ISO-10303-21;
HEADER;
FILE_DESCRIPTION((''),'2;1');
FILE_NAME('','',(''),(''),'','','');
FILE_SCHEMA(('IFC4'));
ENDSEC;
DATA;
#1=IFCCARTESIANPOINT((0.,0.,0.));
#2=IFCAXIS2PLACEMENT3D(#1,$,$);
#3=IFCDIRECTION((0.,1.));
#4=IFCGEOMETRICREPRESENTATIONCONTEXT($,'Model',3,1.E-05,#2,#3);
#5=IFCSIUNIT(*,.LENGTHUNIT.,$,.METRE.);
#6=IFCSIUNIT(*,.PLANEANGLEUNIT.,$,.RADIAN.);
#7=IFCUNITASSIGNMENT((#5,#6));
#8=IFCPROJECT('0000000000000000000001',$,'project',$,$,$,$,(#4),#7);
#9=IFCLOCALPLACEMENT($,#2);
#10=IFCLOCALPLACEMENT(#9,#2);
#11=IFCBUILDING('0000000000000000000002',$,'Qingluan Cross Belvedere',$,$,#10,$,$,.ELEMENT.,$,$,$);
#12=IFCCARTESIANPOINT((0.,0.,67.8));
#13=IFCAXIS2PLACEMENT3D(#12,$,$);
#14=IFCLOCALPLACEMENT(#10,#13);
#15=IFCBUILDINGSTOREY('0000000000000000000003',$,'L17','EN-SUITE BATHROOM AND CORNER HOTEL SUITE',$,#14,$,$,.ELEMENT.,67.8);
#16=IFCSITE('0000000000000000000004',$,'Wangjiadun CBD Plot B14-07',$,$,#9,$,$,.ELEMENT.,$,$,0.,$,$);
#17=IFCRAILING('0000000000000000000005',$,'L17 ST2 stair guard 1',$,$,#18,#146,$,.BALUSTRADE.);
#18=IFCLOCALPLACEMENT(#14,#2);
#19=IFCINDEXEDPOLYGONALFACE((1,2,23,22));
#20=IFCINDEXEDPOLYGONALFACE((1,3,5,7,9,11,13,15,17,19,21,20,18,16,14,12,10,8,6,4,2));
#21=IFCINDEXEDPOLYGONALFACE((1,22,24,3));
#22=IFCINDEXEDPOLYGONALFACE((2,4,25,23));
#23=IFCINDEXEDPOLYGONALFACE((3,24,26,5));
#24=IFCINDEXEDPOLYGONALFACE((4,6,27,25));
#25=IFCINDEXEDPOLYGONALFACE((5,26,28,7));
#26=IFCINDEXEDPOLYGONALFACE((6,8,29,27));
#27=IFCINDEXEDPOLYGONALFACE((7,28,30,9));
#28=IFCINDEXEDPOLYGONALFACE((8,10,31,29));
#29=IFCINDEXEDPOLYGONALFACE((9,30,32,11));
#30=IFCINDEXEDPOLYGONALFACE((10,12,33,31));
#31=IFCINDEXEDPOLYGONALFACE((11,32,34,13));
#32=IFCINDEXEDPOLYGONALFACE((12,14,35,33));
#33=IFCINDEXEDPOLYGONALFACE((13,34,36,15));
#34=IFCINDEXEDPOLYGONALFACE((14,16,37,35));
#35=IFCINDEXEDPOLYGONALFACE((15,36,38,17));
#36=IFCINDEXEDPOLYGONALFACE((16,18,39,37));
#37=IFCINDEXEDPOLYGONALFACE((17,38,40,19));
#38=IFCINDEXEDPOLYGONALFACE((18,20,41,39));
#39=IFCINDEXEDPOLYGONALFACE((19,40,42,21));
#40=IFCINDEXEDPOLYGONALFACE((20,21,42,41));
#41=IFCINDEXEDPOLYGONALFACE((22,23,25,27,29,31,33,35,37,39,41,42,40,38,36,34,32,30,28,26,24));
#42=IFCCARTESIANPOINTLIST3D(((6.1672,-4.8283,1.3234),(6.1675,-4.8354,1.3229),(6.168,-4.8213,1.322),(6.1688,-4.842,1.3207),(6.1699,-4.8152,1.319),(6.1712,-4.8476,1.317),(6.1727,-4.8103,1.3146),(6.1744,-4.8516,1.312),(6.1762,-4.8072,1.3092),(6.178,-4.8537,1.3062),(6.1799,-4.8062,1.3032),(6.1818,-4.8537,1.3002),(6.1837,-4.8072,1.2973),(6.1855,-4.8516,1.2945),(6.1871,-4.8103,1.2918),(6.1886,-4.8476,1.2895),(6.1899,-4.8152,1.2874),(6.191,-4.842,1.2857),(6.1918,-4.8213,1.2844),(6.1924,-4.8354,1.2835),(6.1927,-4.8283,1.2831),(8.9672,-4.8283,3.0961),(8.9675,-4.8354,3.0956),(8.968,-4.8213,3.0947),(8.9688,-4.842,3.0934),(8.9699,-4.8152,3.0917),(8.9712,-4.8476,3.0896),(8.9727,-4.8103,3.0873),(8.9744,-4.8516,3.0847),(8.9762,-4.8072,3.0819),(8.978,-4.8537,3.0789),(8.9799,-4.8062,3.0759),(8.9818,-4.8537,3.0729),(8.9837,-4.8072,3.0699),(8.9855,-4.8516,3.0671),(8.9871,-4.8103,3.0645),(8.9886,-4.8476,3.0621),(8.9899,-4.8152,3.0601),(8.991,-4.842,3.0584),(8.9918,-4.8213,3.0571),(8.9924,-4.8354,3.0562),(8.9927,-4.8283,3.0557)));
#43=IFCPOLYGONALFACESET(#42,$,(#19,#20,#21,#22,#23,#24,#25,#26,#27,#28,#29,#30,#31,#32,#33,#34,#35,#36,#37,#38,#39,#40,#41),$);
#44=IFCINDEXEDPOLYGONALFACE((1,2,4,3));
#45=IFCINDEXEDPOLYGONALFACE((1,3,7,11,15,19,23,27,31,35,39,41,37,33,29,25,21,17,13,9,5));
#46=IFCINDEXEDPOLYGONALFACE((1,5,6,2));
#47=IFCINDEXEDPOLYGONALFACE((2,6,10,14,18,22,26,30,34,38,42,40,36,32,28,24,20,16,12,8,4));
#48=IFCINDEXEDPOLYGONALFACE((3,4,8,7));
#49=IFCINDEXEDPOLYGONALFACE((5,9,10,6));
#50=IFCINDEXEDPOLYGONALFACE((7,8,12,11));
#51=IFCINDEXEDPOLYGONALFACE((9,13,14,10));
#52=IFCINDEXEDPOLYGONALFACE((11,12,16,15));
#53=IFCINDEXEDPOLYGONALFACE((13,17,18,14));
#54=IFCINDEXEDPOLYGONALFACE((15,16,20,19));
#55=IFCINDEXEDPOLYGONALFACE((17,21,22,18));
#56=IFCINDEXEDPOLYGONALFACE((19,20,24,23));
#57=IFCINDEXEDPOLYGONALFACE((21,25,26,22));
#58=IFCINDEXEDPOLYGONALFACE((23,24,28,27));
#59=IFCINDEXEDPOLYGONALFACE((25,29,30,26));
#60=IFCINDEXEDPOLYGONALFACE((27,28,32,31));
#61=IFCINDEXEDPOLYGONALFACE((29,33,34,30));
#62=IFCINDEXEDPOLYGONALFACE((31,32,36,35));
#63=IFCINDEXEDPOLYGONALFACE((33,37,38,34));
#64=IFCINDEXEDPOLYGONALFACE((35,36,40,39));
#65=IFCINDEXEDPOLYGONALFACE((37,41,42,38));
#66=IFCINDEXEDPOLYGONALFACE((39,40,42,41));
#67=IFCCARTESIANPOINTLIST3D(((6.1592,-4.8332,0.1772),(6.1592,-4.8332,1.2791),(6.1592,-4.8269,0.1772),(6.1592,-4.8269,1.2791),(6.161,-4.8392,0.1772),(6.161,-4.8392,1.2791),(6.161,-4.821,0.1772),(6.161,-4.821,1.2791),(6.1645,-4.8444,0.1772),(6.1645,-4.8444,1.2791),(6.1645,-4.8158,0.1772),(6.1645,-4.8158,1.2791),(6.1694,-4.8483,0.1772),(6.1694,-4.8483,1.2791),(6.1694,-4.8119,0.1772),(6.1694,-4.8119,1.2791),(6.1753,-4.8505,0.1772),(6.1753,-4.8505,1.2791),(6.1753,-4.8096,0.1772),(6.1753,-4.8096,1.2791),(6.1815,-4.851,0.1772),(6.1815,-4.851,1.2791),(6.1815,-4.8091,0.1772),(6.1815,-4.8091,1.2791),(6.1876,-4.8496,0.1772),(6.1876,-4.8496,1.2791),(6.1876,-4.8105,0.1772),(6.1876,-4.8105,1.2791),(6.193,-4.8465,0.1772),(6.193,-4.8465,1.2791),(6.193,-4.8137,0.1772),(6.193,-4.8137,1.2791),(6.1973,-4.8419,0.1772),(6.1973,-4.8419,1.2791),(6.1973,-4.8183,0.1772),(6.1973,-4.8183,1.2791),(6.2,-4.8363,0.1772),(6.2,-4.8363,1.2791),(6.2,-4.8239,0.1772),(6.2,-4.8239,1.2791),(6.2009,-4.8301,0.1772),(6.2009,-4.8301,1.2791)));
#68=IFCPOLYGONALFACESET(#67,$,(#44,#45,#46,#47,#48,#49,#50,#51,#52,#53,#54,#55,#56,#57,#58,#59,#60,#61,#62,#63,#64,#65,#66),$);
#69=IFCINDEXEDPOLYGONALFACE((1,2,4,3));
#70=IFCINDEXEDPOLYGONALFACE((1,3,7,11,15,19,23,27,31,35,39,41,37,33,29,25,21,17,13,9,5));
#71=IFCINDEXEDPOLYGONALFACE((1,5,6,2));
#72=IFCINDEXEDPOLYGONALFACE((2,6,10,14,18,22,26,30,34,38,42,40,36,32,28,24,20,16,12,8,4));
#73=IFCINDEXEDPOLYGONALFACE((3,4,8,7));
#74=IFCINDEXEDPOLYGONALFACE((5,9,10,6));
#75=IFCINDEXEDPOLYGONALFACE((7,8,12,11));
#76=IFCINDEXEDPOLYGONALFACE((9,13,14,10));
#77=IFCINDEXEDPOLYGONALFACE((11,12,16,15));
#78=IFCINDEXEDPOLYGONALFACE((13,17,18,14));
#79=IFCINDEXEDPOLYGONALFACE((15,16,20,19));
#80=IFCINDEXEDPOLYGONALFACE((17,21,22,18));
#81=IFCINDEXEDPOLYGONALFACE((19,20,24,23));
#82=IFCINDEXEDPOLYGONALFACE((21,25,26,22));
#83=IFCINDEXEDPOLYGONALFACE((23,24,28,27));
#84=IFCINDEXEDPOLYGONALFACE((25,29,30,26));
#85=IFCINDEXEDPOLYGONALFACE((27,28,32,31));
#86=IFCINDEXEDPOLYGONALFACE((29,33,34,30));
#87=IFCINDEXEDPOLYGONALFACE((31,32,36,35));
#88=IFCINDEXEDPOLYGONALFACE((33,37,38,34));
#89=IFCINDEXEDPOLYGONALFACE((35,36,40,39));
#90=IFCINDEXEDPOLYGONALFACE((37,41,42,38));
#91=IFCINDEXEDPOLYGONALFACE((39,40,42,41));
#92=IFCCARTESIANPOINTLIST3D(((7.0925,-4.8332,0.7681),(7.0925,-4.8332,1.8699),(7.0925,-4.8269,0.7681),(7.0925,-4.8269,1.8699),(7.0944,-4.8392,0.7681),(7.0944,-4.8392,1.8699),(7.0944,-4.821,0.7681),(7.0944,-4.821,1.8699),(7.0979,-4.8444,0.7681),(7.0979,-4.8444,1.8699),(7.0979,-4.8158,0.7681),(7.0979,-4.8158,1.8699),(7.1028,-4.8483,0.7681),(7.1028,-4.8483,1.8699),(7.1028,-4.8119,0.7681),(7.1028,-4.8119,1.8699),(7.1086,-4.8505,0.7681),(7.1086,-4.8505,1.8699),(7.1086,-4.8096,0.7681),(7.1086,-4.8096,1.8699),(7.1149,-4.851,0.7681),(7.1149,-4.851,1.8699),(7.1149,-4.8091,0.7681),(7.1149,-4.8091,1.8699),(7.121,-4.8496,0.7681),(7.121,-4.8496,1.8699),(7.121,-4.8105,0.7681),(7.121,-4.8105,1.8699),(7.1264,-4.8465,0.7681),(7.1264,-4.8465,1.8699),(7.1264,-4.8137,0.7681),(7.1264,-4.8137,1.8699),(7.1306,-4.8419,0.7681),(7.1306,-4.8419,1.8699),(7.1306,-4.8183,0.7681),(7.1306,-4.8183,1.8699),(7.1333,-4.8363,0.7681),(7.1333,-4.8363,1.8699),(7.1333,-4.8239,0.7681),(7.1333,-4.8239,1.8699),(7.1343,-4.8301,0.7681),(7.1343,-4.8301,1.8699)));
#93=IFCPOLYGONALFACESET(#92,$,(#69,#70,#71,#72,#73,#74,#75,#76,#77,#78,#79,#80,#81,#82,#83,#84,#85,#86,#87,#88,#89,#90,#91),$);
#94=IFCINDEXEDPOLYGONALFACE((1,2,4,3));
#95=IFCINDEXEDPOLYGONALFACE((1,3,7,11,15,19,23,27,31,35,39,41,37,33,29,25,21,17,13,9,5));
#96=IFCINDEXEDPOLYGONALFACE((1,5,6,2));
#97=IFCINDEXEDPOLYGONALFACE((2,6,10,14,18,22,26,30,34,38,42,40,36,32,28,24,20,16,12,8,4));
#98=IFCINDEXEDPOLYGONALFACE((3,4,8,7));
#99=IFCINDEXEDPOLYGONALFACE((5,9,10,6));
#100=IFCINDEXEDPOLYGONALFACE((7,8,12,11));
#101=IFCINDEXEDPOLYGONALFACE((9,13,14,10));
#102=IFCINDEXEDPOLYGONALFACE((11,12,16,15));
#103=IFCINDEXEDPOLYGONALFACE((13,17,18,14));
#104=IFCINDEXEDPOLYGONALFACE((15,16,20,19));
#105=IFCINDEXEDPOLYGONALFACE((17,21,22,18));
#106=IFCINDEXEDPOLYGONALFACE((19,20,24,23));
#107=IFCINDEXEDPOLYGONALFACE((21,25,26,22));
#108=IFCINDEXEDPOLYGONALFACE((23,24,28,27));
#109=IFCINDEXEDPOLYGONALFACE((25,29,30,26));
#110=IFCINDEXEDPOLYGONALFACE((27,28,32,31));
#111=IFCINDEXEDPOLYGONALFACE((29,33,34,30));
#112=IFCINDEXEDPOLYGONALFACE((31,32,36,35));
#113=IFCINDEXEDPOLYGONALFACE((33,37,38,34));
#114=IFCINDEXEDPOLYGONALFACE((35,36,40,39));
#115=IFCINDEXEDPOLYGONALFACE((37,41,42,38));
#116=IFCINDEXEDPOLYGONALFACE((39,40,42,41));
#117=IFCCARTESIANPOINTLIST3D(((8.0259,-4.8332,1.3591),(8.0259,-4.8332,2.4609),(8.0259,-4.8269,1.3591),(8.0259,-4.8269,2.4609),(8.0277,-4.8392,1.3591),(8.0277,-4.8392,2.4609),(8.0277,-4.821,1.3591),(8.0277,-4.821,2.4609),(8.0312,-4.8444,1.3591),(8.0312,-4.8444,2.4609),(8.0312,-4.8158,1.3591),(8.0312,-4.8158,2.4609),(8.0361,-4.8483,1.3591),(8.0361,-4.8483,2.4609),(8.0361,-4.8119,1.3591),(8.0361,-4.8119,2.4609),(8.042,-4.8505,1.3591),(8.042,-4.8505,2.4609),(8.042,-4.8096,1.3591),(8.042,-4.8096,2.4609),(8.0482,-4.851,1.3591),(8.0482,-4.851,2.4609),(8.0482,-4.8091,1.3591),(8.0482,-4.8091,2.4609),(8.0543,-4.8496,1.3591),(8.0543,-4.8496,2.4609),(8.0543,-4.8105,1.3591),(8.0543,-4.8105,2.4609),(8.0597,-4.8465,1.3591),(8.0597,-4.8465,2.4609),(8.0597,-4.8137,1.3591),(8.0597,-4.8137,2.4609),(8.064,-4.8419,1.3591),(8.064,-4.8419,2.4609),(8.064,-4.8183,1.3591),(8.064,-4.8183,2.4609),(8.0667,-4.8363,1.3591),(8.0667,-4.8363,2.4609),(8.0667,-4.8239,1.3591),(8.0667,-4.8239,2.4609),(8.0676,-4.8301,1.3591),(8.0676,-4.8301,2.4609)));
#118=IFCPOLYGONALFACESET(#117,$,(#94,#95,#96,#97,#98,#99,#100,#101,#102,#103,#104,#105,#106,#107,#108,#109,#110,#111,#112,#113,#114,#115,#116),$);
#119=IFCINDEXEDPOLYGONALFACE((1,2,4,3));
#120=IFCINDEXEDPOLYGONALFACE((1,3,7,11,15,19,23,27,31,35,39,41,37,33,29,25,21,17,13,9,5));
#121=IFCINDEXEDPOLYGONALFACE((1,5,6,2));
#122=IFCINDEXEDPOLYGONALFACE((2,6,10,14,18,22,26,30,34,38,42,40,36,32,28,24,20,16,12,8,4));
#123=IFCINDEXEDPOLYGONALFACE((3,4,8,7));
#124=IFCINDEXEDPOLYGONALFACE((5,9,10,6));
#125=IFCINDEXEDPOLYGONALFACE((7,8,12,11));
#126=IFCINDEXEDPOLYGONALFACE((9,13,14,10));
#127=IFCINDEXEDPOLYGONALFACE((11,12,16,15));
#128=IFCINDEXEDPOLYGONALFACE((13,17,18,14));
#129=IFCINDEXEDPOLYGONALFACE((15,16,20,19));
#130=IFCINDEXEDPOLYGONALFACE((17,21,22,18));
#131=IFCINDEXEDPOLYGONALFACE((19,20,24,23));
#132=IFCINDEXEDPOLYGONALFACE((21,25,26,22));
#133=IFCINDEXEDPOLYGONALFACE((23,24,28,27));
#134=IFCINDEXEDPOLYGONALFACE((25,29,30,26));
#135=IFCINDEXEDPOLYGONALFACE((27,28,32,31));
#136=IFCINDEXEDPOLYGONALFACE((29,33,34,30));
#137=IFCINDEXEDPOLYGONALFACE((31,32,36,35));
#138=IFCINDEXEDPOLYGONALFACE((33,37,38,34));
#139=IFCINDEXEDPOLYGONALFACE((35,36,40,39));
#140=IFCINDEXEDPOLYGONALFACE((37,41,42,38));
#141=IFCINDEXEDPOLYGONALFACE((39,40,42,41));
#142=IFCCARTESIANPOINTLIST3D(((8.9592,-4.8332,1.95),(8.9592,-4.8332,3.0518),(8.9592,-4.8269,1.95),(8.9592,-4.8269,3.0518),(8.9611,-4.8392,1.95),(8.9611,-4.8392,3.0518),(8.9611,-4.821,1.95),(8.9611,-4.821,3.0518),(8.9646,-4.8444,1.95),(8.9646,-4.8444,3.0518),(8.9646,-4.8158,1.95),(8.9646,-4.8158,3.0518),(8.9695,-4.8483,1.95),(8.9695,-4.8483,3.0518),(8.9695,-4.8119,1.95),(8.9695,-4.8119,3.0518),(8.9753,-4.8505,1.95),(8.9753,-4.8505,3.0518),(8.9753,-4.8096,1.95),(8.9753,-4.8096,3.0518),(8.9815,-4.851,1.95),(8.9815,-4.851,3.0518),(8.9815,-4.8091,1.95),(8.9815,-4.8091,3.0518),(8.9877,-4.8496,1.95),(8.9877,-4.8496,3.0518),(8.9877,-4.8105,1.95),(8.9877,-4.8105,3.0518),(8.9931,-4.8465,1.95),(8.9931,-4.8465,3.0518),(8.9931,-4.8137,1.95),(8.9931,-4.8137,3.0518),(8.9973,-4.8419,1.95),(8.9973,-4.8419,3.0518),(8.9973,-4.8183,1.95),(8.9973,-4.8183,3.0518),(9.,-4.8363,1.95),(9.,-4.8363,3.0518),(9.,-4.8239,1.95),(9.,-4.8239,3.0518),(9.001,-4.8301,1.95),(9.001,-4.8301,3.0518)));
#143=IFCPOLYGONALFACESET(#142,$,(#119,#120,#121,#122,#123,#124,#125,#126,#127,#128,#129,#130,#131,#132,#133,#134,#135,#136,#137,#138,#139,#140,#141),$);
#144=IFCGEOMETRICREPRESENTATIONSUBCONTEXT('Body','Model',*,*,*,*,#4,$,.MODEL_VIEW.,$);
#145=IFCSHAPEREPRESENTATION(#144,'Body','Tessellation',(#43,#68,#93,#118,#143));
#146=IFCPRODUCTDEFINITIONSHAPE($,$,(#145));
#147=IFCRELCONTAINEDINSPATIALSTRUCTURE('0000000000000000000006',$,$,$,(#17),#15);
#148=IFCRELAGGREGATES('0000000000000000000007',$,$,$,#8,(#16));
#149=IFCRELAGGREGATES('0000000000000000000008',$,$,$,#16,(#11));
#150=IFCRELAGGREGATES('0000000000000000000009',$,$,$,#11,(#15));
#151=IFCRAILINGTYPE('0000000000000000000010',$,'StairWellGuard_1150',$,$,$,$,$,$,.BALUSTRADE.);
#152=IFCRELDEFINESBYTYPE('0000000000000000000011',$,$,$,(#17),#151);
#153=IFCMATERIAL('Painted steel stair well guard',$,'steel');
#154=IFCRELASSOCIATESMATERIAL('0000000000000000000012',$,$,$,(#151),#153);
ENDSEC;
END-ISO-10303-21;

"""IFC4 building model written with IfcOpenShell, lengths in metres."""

from ifc_helpers import new_model, si_unit, direction, frame, origin, origin_2d, place, context, subcontext, project, spatial, circle, extrude, material, type_object, element, save


model = new_model("IFC4")

# Units and contexts
model_context = context("Model", 3, precision=1e-05, world=origin(), true_north=direction((0.0, 1.0)))
body_context = subcontext(model_context, "Body", "Model", "MODEL_VIEW")
ifc_project = project(units=[si_unit("LENGTHUNIT", "METRE"), si_unit("PLANEANGLEUNIT", "RADIAN")], contexts=[model_context])

# Site, building, storey
site_placement = place(None, origin())
site = spatial("IfcSite", under=ifc_project, at=site_placement, Name="Wangjiadun CBD Plot B14-07", CompositionType="ELEMENT", RefElevation=0.0)
building_placement = place(site_placement, origin())
building = spatial("IfcBuilding", under=site, at=building_placement, Name="Qingluan Cross Belvedere", CompositionType="ELEMENT")
storey_placement = place(building_placement, frame((0.0, 0.0, 67.8)))
storey = spatial("IfcBuildingStorey", under=building, at=storey_placement, Name="L17", Description="EN-SUITE BATHROOM AND CORNER HOTEL SUITE", CompositionType="ELEMENT", Elevation=67.8)

# Railing
ifc_material_1 = material(Name="Painted steel stair well guard", Category="steel")
railing_type_1 = type_object("IfcRailingType", Name="StairWellGuard_1150", PredefinedType="BALUSTRADE", material=ifc_material_1)
railing_1_placement = place(storey_placement, frame((6.1799, -4.8301, 0.1772)))
element("IfcRailing", 1, at=railing_1_placement, inside=storey, type_object=railing_type_1, Name="L17 ST2 stair guard 1", PredefinedType="BALUSTRADE", context=body_context, shape_type="SweptSolid", body=[
    extrude(circle(Radius=0.0239, at=origin_2d()), frame((0.0, 0.0, 1.126), z_axis=(0.844909, 0.0, 0.53491), x_axis=(0.0, 1.0, 0.0)), (0.0, 0.0, 1.0), 3.314),
    extrude(circle(Radius=0.021, at=origin_2d()), origin(), (0.0, 0.0, 1.0), 1.1018),
    extrude(circle(Radius=0.021, at=origin_2d()), frame((0.9333, 0.0, 0.5908)), (0.0, 0.0, 1.0), 1.1018),
    extrude(circle(Radius=0.021, at=origin_2d()), frame((1.8667, 0.0, 1.1819)), (0.0, 0.0, 1.0), 1.1018),
    extrude(circle(Radius=0.021, at=origin_2d()), frame((2.8, 0.0, 1.7727)), (0.0, 0.0, 1.0), 1.1018),
])

save(model, "model.ifc")
